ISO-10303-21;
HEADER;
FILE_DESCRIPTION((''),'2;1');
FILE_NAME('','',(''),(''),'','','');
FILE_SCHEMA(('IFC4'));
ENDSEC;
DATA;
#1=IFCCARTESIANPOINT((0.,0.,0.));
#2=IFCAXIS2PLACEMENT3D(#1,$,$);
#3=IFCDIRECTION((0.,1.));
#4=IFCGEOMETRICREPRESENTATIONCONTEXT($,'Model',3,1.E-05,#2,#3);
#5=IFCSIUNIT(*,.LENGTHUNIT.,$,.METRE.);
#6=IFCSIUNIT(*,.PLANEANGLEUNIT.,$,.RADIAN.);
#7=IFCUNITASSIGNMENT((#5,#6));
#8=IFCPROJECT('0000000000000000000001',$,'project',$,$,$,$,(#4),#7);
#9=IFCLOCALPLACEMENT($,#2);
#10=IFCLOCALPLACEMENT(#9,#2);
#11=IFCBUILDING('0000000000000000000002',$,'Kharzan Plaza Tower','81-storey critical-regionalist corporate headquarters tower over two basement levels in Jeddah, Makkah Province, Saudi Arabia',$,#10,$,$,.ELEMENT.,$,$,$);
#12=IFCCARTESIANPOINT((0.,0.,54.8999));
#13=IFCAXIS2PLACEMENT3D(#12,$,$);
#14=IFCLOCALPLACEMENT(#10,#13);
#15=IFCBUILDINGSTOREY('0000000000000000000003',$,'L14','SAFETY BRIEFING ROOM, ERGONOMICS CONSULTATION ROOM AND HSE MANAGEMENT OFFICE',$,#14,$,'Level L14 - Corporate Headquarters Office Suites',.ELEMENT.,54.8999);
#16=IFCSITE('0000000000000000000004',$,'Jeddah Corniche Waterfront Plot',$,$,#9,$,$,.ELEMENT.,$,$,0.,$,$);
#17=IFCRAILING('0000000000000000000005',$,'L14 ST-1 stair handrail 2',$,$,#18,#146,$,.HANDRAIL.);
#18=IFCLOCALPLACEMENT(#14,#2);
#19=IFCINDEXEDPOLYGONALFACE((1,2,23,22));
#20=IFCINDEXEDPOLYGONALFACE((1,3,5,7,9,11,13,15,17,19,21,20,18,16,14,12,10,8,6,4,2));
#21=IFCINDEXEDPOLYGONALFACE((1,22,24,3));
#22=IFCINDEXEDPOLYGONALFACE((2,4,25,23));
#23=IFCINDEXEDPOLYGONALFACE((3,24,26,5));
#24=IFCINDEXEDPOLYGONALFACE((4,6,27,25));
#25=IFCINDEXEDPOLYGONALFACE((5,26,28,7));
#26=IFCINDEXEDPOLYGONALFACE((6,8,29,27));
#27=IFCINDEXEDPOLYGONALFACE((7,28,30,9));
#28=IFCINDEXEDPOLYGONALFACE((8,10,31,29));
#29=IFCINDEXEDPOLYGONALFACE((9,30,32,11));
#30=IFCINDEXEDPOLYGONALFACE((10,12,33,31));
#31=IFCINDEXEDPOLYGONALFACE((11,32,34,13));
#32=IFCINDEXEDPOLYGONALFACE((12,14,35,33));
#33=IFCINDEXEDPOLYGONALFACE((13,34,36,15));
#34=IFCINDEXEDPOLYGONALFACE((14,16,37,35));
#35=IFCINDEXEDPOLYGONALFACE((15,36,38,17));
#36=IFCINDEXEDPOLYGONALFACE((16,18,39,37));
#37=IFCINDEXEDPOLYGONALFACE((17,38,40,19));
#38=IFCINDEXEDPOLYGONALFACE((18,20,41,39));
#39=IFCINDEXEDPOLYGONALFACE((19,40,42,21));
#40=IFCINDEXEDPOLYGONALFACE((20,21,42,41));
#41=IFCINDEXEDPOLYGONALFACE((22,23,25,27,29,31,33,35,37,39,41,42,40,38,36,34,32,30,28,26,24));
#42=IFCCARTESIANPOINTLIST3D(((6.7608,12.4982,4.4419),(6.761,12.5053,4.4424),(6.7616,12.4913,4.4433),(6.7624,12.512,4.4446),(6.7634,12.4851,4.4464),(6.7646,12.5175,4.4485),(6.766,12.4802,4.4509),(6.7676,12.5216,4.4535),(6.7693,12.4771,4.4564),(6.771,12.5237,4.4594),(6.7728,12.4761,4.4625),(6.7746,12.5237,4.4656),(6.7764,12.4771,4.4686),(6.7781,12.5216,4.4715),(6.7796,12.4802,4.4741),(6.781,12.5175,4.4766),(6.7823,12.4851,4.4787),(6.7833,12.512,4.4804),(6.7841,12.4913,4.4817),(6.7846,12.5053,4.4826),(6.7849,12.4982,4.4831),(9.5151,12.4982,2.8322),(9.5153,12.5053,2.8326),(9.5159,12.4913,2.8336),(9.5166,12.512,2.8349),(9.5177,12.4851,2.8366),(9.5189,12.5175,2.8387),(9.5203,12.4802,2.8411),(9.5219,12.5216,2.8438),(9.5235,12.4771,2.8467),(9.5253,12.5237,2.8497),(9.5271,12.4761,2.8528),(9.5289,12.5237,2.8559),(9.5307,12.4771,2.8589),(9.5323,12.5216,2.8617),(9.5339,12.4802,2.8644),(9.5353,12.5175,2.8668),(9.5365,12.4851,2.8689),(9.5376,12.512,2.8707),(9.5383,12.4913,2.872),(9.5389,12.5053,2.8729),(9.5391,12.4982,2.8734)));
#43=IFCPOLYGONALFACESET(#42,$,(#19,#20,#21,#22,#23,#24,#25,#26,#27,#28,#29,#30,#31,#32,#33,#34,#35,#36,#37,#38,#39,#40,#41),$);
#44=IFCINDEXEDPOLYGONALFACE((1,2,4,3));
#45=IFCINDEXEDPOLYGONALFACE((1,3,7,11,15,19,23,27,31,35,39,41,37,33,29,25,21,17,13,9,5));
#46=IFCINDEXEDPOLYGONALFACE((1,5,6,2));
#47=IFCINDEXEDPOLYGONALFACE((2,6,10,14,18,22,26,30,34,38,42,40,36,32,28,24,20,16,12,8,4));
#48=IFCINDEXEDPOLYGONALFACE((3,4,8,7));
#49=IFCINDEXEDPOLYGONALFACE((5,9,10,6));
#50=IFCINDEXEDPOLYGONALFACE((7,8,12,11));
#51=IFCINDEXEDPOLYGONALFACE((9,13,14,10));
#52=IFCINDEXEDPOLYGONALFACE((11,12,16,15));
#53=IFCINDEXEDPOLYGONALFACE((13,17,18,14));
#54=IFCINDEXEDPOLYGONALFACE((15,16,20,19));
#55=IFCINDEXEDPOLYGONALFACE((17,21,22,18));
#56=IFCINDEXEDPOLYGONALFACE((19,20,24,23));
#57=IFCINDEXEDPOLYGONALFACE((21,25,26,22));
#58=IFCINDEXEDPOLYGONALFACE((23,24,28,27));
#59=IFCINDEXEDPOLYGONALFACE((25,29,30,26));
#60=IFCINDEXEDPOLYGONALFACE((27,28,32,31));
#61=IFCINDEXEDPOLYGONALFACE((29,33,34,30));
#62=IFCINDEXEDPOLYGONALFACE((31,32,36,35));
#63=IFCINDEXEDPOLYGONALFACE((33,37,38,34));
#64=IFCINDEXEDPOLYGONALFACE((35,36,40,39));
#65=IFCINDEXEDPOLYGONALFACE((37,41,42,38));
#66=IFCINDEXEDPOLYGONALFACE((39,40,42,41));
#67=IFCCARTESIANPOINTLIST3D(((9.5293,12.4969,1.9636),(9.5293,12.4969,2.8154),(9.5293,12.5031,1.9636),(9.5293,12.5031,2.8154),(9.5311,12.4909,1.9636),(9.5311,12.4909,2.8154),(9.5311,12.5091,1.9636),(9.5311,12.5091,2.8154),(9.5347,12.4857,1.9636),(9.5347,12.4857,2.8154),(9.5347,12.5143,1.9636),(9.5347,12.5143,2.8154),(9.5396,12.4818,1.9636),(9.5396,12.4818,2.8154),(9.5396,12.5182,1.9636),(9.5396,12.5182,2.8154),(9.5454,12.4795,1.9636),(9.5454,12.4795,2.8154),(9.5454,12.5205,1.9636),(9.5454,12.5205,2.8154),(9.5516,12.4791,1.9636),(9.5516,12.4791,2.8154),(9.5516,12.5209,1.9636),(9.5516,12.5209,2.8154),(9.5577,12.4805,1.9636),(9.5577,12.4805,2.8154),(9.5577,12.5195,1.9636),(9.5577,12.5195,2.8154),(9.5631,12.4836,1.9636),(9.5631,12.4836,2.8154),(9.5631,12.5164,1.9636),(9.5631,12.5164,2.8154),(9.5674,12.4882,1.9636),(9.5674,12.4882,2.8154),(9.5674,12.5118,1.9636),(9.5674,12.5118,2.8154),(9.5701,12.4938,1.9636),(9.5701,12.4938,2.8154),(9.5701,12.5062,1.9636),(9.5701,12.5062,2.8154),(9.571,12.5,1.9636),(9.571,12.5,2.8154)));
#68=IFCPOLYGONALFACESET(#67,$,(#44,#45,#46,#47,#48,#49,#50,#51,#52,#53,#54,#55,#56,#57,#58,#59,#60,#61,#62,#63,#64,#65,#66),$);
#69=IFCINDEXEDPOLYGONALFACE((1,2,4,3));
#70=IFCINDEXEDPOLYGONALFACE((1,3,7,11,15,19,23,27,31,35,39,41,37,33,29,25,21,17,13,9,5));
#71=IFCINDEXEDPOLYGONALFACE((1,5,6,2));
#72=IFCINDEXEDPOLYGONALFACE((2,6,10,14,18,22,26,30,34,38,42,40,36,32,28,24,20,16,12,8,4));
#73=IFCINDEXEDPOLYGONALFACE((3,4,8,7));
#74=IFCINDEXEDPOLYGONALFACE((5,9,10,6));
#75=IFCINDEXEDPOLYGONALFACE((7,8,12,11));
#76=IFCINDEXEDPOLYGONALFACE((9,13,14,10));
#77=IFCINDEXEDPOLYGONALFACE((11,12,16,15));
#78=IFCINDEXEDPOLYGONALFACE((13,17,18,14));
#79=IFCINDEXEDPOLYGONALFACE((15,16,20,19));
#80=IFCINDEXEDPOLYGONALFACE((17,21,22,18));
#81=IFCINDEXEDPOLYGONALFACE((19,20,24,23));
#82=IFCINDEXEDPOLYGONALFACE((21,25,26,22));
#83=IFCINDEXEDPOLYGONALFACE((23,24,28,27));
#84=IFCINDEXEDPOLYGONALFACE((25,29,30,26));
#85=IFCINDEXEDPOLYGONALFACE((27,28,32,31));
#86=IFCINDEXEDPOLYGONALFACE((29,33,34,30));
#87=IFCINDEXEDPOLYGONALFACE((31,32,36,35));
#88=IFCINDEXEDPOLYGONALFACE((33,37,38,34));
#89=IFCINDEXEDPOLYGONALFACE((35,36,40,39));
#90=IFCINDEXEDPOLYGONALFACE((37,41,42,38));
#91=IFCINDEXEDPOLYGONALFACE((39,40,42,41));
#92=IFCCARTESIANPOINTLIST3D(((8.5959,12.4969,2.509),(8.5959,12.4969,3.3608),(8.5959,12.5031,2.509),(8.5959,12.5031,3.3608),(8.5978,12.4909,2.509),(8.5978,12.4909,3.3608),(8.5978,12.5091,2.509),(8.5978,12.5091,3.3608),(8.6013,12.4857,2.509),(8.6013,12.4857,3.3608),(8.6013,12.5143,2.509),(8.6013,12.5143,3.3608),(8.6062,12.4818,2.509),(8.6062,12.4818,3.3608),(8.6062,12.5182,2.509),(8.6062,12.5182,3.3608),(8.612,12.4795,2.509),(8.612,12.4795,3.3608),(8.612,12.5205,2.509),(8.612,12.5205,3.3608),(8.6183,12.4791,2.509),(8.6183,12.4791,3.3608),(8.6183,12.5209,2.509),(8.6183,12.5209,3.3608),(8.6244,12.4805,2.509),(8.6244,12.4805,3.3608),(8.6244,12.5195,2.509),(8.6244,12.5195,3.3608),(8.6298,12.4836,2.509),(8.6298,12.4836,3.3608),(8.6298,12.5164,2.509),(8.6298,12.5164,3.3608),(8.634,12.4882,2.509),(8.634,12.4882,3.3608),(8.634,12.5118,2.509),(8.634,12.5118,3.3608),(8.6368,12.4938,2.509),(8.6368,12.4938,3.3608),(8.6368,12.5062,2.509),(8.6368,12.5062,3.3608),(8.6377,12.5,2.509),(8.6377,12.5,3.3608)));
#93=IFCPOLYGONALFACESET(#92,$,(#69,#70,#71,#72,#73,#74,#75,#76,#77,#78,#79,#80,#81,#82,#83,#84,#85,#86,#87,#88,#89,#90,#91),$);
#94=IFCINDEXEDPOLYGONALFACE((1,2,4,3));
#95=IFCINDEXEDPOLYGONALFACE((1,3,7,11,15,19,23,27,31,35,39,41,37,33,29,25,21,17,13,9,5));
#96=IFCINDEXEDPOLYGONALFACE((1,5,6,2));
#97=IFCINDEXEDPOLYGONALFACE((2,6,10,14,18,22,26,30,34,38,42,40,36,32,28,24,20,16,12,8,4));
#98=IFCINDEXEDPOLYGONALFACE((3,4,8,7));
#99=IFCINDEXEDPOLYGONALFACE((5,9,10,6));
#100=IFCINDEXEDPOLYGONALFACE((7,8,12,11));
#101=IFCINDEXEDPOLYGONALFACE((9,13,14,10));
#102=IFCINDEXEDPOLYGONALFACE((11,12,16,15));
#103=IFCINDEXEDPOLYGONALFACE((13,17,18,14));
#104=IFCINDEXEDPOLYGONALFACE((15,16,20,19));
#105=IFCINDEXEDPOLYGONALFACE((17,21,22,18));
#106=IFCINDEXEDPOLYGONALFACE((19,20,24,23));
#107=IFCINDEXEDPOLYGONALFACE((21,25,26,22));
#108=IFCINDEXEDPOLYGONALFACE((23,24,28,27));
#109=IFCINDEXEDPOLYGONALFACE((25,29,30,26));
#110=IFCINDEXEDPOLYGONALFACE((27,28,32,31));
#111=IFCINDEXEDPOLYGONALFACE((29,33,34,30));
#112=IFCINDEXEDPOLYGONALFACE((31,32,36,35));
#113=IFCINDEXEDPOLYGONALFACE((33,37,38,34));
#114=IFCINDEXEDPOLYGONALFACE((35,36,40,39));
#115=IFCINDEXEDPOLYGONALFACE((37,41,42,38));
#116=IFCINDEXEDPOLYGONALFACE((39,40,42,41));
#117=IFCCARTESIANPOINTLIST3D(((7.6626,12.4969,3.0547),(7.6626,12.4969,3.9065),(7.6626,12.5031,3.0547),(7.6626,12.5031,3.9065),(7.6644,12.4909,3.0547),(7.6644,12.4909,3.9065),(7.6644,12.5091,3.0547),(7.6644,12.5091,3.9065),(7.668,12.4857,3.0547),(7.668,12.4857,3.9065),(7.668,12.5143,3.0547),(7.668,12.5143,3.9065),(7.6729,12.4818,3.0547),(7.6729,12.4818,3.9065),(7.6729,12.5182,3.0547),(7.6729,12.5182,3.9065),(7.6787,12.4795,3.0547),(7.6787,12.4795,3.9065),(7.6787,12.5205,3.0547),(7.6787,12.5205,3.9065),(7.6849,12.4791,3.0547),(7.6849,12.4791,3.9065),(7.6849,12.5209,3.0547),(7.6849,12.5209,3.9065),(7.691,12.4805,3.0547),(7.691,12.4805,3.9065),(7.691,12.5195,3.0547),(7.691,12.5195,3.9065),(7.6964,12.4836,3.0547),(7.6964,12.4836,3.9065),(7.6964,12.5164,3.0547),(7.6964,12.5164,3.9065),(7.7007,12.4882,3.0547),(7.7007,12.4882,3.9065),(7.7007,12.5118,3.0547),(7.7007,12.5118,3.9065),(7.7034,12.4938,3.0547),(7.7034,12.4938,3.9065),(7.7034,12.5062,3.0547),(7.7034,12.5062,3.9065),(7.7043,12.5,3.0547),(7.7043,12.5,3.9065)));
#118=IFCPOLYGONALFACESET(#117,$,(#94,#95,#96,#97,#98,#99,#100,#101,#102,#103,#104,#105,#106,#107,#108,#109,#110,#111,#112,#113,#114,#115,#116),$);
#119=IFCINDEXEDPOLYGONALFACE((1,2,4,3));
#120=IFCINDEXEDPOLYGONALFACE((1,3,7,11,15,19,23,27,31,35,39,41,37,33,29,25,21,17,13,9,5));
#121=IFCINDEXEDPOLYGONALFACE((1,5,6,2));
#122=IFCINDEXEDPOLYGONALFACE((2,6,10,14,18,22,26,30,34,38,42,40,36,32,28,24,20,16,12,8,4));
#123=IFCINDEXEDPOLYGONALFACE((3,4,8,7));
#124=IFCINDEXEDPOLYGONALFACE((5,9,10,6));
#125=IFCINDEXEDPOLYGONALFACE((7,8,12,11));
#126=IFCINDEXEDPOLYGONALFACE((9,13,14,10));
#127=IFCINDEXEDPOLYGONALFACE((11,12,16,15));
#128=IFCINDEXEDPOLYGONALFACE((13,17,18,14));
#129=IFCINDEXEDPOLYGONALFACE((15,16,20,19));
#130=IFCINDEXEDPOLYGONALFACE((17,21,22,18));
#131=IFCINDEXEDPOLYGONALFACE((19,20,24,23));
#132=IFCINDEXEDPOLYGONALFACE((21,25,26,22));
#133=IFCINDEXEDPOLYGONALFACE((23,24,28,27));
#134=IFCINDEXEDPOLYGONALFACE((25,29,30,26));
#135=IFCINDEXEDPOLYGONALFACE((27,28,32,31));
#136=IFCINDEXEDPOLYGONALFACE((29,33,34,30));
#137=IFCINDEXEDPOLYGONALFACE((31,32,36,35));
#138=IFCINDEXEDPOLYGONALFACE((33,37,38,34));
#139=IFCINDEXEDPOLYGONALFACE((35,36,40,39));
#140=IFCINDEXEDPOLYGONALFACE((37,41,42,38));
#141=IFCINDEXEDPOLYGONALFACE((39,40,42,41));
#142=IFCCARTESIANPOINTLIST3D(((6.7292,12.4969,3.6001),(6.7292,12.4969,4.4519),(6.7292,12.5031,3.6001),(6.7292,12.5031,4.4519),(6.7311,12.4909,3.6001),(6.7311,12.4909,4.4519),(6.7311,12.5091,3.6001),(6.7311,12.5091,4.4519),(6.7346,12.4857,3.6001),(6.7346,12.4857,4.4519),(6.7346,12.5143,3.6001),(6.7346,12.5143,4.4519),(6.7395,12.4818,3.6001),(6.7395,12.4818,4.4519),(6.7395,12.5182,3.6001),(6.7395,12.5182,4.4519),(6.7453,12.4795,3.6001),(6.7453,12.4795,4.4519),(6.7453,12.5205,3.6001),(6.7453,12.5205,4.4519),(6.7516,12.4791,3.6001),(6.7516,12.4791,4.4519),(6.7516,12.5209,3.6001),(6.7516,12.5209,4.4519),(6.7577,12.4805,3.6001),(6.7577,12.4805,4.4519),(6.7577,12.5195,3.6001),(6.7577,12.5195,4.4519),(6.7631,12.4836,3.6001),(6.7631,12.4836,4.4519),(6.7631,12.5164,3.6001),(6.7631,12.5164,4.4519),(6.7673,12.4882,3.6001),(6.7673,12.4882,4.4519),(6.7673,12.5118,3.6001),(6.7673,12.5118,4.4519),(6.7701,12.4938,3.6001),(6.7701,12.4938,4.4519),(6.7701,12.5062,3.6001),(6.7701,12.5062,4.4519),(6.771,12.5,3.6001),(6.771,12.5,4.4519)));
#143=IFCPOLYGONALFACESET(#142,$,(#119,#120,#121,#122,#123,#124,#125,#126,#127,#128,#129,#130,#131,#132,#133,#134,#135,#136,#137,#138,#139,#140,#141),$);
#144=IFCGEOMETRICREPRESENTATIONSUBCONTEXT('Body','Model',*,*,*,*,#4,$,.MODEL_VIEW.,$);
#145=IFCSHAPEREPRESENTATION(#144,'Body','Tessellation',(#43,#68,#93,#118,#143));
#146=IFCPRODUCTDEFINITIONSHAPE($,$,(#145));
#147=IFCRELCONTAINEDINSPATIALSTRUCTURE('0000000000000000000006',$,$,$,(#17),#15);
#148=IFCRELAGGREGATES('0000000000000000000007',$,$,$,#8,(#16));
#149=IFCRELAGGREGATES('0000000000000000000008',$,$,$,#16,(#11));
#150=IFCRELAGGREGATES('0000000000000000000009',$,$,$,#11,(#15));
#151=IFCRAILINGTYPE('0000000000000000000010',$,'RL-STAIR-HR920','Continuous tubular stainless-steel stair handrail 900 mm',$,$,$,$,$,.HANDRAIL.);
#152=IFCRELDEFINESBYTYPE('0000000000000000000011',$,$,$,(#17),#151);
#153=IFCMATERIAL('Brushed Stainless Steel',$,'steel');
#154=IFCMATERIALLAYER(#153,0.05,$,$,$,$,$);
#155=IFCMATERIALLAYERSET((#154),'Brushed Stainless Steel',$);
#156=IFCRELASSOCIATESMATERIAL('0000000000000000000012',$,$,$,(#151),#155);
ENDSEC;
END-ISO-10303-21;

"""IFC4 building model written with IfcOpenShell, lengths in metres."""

from ifc_helpers import new_model, si_unit, direction, frame, origin, origin_2d, place, context, subcontext, project, spatial, circle, extrude, source, transform, mapped, material, layer, layer_set, type_object, element, save


model = new_model("IFC4")

# Units and contexts
model_context = context("Model", 3, precision=1e-05, world=origin(), true_north=direction((0.0, 1.0)))
body_context = subcontext(model_context, "Body", "Model", "MODEL_VIEW")
ifc_project = project(units=[si_unit("LENGTHUNIT", "METRE"), si_unit("PLANEANGLEUNIT", "RADIAN")], contexts=[model_context])

# Site, building, storey
site_placement = place(None, origin())
site = spatial("IfcSite", under=ifc_project, at=site_placement, Name="Jeddah Corniche Waterfront Plot", CompositionType="ELEMENT", RefElevation=0.0)
building_placement = place(site_placement, origin())
building = spatial("IfcBuilding", under=site, at=building_placement, Name="Kharzan Plaza Tower", Description="81-storey critical-regionalist corporate headquarters tower over two basement levels in Jeddah, Makkah Province, Saudi Arabia", CompositionType="ELEMENT")
storey_placement = place(building_placement, frame((0.0, 0.0, 54.8999)))
storey = spatial("IfcBuildingStorey", under=building, at=storey_placement, Name="L14", Description="SAFETY BRIEFING ROOM, ERGONOMICS CONSULTATION ROOM AND HSE MANAGEMENT OFFICE", LongName="Level L14 - Corporate Headquarters Office Suites", CompositionType="ELEMENT", Elevation=54.8999)

# Shared definitions
ifc_material_1 = material(Name="Brushed Stainless Steel", Category="steel")

# Railing
ifc_layer_1 = layer(ifc_material_1, 0.05)
ifc_layer_set_1 = layer_set([ifc_layer_1], Name="Brushed Stainless Steel")
railing_type = type_object("IfcRailingType", Name="RL-STAIR-HR920", Description="Continuous tubular stainless-steel stair handrail 900 mm", PredefinedType="HANDRAIL", material=ifc_layer_set_1)
shared_shape_1 = source(origin(), body_context, "Body", "SweptSolid", [
    extrude(circle(Radius=0.0239, at=origin_2d()), frame((-0.0229, 0.0, 0.8892), z_axis=(-0.863361, 0.0, 0.504587), x_axis=(0.0, -1.0, 0.0)), (0.0, 0.0, 1.0), 3.1902),
    extrude(circle(Radius=0.021, at=origin_2d()), origin(), (0.0, 0.0, 1.0), 0.8518),
    extrude(circle(Radius=0.021, at=origin_2d()), frame((-0.9333, 0.0, 0.5454)), (0.0, 0.0, 1.0), 0.8518),
    extrude(circle(Radius=0.021, at=origin_2d()), frame((-1.8667, 0.0, 1.0911)), (0.0, 0.0, 1.0), 0.8518),
    extrude(circle(Radius=0.021, at=origin_2d()), frame((-2.8, 0.0, 1.6365)), (0.0, 0.0, 1.0), 0.8518),
])
railing_placement = place(storey_placement, frame((9.55, 12.5, 1.9636)))
element("IfcRailing", 1, at=railing_placement, inside=storey, type_object=railing_type, Name="L14 ST-1 stair handrail 2", PredefinedType="HANDRAIL", context=body_context, shape_type="MappedRepresentation", body=[
    mapped(shared_shape_1, transform((0.0, 0.0, 0.0), x_axis=(1.0, 0.0, 0.0), y_axis=(0.0, 1.0, 0.0), z_axis=(0.0, 0.0, 1.0))),
])

save(model, "model.ifc")
